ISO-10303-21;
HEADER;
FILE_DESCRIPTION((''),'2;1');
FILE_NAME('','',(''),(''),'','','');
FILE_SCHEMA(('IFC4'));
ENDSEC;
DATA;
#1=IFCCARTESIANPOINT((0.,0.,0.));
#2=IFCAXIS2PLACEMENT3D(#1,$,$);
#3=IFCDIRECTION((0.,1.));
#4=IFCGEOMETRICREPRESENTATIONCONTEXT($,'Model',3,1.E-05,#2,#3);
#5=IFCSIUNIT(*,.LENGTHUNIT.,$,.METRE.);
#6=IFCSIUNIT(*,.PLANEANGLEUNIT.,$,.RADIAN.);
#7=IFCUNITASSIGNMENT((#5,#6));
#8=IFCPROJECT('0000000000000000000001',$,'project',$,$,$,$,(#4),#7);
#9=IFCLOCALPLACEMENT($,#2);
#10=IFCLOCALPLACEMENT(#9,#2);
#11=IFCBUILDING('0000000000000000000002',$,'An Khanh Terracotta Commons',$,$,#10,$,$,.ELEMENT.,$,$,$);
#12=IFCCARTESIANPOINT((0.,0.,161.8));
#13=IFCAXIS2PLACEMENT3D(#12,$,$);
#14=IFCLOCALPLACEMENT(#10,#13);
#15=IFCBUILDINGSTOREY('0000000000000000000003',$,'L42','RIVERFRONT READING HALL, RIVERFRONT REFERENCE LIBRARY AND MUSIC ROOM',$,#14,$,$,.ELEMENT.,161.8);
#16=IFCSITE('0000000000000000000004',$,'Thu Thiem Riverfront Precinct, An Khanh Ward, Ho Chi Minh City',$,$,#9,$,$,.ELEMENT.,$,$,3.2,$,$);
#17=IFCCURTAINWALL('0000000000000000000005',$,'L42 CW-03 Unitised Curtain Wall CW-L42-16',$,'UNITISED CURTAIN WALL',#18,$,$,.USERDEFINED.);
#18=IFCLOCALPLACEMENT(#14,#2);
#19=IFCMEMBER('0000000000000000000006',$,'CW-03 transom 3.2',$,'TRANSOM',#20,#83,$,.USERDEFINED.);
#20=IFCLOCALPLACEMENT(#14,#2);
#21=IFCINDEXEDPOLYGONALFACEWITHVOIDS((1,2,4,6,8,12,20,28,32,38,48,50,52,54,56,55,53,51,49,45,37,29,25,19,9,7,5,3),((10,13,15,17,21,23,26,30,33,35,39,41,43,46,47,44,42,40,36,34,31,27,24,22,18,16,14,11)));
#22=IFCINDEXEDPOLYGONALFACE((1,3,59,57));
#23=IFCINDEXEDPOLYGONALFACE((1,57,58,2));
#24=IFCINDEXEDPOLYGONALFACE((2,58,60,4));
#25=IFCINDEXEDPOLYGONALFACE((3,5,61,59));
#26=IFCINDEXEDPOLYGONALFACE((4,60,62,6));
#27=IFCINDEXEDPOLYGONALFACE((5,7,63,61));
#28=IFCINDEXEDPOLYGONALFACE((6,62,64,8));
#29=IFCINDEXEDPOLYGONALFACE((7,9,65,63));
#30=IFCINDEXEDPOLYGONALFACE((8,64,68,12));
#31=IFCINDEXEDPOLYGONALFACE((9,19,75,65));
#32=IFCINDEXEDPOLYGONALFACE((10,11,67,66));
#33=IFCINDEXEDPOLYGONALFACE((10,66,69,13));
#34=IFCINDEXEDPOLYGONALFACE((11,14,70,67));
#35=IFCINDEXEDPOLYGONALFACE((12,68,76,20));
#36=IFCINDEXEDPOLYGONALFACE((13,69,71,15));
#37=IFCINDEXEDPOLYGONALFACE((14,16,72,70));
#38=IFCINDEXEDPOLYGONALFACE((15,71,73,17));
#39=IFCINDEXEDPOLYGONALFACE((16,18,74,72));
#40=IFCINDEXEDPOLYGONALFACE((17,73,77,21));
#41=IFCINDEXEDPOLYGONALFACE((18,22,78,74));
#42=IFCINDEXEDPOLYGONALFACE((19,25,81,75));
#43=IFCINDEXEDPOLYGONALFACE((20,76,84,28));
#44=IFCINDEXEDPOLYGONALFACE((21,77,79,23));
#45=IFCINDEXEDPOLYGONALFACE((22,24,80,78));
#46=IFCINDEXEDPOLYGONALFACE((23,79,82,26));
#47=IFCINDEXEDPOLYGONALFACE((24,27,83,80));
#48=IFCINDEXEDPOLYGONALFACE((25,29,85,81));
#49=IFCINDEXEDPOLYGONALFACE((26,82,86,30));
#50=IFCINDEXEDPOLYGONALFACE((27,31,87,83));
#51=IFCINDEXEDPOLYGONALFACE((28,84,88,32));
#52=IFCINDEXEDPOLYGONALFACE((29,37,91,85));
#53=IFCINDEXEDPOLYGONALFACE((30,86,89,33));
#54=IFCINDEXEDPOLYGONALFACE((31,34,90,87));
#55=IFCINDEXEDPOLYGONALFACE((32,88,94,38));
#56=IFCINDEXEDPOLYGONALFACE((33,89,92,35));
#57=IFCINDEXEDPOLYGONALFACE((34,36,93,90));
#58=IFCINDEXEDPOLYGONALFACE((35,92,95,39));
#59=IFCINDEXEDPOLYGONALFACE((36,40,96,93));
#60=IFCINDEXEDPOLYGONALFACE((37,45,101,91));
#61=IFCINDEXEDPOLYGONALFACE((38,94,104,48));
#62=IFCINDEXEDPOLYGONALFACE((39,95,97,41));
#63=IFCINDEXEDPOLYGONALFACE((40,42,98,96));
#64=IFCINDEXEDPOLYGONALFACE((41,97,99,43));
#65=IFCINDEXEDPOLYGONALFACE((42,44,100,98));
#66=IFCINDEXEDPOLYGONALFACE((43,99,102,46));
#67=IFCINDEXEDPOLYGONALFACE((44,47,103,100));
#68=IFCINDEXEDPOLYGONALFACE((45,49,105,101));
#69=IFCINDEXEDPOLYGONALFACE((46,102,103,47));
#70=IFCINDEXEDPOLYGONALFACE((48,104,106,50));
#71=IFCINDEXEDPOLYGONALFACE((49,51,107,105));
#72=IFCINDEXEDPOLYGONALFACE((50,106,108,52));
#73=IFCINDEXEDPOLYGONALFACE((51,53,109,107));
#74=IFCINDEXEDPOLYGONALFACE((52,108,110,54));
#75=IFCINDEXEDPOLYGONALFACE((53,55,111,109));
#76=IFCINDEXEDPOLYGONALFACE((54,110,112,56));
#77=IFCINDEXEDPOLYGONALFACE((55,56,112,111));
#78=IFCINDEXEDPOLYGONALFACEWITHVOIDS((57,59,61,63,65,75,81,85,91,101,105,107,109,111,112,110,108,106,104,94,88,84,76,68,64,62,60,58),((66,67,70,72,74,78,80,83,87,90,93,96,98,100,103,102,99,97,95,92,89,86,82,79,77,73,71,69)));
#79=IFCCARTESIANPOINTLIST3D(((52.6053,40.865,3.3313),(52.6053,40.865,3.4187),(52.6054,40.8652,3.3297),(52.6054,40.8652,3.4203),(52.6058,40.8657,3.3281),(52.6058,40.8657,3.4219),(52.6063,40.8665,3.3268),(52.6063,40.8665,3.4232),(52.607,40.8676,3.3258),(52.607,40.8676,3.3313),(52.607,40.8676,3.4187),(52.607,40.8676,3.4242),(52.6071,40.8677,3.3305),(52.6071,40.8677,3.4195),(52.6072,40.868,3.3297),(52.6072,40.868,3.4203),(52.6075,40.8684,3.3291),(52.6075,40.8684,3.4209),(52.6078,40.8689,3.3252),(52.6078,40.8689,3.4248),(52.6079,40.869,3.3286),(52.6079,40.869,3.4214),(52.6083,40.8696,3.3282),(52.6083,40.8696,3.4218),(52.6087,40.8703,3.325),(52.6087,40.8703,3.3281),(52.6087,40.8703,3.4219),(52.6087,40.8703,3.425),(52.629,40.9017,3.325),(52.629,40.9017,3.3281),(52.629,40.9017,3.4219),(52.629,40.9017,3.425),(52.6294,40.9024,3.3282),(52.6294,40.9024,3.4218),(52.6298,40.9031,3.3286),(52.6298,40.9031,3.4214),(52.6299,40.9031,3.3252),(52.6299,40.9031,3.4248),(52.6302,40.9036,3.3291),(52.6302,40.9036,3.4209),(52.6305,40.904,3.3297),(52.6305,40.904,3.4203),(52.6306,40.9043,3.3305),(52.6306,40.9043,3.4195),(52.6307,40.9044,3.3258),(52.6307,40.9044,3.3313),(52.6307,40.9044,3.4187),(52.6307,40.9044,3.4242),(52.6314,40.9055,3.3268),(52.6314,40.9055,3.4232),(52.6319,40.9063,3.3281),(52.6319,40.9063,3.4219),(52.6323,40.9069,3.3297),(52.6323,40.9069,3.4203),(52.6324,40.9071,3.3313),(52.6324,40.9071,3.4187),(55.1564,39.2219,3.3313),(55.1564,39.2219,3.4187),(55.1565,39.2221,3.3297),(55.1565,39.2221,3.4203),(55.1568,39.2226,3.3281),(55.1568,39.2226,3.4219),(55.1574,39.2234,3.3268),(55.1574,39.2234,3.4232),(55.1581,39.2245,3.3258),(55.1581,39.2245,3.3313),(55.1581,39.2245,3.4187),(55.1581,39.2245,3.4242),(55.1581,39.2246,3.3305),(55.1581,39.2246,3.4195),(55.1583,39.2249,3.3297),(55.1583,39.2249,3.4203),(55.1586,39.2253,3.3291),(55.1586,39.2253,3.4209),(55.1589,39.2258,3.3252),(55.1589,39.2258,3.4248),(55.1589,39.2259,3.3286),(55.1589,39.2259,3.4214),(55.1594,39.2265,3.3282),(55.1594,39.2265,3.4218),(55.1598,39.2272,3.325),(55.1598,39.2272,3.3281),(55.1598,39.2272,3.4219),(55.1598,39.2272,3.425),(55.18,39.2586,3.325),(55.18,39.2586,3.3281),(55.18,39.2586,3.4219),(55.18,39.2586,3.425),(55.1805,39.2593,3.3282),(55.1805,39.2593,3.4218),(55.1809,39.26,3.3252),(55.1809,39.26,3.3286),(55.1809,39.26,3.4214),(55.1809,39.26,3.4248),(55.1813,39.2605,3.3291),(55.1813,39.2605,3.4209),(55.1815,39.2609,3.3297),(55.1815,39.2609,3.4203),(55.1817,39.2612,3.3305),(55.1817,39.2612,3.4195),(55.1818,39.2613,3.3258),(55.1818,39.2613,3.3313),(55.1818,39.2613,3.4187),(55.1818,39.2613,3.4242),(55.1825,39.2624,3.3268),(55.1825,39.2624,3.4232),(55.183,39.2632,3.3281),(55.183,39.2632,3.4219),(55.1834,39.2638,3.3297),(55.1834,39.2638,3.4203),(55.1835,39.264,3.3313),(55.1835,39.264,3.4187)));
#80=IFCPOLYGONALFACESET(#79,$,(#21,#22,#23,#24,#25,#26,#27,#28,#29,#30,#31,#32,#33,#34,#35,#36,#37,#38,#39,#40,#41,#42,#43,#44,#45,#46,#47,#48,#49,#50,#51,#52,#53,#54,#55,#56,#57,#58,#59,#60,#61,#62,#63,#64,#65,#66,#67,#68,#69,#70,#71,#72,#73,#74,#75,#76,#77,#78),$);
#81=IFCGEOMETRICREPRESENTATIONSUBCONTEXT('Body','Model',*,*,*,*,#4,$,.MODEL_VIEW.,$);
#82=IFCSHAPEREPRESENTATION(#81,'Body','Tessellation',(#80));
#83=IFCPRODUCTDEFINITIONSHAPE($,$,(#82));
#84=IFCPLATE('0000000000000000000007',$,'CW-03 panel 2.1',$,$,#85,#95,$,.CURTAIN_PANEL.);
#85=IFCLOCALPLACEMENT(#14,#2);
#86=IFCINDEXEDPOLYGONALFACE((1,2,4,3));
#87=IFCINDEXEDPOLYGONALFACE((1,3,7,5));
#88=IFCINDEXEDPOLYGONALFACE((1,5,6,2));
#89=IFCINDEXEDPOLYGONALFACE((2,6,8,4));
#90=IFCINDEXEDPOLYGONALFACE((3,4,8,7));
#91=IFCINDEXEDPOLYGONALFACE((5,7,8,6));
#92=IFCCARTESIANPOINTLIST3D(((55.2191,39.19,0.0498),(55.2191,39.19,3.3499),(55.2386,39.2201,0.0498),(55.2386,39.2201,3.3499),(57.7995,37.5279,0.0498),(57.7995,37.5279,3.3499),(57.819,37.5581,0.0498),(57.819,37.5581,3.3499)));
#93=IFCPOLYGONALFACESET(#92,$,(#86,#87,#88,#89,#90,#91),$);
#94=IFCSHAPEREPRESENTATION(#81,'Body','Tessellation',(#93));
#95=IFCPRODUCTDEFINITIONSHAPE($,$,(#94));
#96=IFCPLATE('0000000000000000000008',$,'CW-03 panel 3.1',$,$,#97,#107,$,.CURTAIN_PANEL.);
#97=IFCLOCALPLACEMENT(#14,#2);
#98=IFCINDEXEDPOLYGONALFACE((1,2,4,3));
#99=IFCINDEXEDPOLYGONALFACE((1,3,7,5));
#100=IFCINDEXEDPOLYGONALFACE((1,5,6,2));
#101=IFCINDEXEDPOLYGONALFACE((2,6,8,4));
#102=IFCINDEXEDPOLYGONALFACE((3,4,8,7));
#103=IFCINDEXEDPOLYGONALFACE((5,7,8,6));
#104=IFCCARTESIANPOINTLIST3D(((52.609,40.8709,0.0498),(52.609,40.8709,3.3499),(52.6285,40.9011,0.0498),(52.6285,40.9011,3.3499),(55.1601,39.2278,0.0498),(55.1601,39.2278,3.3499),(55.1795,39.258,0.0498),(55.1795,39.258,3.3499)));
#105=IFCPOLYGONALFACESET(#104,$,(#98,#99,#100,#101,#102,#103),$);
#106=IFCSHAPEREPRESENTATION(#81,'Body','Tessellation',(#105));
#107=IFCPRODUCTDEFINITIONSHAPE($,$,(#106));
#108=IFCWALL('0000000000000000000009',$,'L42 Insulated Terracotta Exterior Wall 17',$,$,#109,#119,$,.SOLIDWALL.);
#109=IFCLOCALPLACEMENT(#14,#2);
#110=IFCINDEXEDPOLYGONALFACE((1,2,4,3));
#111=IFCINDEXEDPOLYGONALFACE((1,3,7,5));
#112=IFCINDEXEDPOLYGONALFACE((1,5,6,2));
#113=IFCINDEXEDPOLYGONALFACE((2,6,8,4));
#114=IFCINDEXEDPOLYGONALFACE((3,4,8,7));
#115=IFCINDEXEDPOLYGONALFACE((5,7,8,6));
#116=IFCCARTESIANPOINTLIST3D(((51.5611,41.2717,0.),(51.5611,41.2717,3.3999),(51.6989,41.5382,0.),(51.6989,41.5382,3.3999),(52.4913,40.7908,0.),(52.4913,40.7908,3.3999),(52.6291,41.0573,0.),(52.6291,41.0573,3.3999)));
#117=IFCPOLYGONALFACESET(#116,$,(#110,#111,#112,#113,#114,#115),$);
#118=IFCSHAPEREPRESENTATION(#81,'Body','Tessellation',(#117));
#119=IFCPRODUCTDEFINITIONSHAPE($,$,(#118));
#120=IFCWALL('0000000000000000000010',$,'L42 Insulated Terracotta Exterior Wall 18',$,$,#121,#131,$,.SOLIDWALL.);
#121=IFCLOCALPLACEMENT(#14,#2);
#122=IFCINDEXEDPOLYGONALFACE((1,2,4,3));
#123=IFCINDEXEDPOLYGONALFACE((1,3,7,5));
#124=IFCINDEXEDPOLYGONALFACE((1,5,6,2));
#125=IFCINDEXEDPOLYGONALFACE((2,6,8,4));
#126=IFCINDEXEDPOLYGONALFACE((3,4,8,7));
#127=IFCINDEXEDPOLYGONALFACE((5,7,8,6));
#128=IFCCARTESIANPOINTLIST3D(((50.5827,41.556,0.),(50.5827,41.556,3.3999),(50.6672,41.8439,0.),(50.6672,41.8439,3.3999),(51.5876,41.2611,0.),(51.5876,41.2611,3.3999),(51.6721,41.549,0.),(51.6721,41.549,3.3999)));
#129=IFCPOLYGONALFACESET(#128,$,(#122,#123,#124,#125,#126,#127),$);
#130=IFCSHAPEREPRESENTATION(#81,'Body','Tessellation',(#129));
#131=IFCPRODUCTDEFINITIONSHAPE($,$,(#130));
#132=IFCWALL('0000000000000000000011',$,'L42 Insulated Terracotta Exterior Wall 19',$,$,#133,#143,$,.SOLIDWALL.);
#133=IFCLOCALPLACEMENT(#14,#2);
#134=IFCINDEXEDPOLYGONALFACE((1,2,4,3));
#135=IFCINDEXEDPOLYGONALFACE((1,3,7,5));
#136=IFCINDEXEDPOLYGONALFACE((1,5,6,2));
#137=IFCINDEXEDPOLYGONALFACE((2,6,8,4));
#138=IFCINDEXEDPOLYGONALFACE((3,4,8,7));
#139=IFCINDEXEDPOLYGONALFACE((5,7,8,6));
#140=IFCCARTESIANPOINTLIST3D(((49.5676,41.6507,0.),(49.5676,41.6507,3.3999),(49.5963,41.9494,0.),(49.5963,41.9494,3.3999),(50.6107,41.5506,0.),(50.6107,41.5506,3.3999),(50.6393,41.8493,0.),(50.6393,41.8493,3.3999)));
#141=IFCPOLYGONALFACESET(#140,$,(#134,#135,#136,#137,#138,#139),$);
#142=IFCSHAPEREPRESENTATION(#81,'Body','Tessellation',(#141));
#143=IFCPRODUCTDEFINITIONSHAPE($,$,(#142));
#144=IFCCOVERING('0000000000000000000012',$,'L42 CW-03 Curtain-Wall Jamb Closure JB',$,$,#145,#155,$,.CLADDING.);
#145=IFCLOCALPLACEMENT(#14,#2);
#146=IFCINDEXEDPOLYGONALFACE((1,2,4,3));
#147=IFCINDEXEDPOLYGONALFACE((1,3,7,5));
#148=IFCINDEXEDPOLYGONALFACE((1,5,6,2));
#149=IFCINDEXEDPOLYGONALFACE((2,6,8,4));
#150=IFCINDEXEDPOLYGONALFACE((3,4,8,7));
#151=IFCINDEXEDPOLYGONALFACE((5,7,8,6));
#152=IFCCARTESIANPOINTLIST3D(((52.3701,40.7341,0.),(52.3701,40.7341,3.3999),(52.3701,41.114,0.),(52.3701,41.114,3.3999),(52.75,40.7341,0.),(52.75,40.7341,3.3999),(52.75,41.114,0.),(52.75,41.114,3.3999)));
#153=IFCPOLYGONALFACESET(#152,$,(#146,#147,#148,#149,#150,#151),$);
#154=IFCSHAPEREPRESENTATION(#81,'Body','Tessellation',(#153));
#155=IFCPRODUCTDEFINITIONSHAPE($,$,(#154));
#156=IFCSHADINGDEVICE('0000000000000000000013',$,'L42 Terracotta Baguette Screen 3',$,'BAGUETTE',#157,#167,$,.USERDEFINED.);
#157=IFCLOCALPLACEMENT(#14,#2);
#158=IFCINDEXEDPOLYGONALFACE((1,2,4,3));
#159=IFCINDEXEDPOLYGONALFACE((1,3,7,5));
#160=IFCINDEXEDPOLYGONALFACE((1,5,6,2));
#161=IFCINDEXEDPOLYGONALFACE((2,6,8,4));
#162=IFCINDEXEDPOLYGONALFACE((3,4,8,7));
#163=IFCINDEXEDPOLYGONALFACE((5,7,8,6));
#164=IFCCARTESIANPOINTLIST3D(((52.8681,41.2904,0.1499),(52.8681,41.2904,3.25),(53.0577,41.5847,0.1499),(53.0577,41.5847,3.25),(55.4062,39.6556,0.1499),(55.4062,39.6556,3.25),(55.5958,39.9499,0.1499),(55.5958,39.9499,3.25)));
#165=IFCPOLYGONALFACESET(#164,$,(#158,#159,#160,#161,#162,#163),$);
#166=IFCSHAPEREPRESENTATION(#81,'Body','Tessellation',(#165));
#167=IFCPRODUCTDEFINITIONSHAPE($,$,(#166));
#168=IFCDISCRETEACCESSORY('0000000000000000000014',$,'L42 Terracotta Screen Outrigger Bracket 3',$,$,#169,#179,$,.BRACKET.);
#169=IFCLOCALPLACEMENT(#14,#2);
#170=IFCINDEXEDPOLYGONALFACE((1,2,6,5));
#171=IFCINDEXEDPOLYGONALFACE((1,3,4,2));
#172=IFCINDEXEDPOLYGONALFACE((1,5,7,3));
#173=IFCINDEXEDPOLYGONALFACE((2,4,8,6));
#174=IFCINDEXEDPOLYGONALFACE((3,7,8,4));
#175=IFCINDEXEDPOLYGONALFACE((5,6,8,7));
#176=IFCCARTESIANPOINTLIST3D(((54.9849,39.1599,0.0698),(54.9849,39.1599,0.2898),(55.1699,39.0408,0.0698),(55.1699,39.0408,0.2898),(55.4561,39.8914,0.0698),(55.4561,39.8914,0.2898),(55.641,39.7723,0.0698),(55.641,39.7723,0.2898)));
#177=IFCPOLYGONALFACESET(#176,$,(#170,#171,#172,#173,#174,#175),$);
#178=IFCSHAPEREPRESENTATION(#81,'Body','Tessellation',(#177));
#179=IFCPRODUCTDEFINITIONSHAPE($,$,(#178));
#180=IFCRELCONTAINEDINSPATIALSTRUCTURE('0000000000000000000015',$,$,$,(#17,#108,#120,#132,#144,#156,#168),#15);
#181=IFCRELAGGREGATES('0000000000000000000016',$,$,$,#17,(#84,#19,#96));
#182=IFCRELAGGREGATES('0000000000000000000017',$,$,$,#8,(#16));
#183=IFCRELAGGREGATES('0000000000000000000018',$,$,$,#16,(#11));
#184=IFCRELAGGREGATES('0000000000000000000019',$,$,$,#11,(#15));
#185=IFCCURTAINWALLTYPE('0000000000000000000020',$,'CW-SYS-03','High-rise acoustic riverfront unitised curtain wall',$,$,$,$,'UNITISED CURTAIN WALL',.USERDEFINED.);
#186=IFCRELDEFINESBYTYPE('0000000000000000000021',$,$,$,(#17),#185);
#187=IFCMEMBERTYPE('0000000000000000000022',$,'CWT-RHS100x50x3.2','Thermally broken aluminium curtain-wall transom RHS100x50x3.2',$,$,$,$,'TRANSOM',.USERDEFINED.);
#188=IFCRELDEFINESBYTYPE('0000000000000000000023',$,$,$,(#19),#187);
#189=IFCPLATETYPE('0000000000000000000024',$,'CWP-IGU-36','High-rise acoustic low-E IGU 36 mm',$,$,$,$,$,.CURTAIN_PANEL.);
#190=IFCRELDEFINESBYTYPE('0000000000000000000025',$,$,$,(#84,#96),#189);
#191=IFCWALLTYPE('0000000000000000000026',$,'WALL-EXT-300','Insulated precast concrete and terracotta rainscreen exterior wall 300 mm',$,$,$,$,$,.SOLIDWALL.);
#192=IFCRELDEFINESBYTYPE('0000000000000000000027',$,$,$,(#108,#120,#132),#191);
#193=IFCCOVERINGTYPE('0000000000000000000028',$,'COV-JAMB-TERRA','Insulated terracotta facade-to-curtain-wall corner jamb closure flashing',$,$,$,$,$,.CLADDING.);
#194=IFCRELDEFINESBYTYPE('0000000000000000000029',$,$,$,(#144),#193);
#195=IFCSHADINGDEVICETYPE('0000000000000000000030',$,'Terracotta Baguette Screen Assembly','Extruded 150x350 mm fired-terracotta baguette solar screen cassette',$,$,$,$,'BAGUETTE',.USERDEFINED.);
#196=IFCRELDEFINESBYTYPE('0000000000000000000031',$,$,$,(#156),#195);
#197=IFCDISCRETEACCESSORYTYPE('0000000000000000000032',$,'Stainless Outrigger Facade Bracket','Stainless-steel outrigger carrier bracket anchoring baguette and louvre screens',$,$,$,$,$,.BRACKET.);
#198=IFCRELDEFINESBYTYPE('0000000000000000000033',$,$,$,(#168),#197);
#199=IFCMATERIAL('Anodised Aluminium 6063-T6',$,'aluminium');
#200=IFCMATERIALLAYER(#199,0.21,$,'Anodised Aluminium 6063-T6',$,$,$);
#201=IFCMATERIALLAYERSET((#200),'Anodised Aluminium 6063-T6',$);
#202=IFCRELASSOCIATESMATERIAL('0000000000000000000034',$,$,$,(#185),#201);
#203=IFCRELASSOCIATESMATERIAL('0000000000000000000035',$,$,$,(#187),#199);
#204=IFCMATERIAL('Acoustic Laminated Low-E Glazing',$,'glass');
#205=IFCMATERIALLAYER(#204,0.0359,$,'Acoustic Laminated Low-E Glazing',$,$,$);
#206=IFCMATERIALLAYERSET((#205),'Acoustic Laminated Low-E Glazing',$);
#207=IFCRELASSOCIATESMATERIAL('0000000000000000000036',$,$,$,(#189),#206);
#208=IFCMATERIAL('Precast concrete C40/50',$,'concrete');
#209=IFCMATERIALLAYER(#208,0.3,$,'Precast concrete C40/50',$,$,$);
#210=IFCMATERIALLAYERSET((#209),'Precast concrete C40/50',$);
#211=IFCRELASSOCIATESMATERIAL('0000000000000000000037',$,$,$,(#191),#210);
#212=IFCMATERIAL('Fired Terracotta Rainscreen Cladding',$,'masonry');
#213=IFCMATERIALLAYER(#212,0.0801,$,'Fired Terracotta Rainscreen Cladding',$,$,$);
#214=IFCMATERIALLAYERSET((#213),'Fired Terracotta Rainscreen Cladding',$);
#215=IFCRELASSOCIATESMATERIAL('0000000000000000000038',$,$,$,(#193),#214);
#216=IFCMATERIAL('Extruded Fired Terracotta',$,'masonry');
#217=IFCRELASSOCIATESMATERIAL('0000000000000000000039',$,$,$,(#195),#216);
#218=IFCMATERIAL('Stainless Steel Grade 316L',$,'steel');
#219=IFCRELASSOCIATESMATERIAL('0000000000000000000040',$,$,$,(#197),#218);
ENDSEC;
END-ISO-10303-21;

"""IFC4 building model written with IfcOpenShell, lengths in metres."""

from ifc_helpers import new_model, si_unit, direction, frame, frame_2d, origin, origin_2d, place, context, subcontext, project, spatial, rectangle, hollow_rectangle, extrude, material, layer, layer_set, material_profile, profile_set, type_object, element, aggregate, save


model = new_model("IFC4")

# Units and contexts
model_context = context("Model", 3, precision=1e-05, world=origin(), true_north=direction((0.0, 1.0)))
body_context = subcontext(model_context, "Body", "Model", "MODEL_VIEW")
ifc_project = project(units=[si_unit("LENGTHUNIT", "METRE"), si_unit("PLANEANGLEUNIT", "RADIAN")], contexts=[model_context])

# Site, building, storey
site_placement = place(None, origin())
site = spatial("IfcSite", under=ifc_project, at=site_placement, Name="Thu Thiem Riverfront Precinct, An Khanh Ward, Ho Chi Minh City", CompositionType="ELEMENT", RefElevation=3.2)
building_placement = place(site_placement, origin())
building = spatial("IfcBuilding", under=site, at=building_placement, Name="An Khanh Terracotta Commons", CompositionType="ELEMENT")
storey_placement = place(building_placement, frame((0.0, 0.0, 161.8)))
storey = spatial("IfcBuildingStorey", under=building, at=storey_placement, Name="L42", Description="RIVERFRONT READING HALL, RIVERFRONT REFERENCE LIBRARY AND MUSIC ROOM", CompositionType="ELEMENT", Elevation=161.8)

# Curtain wall, member, plates
ifc_material_1 = material(Name="Anodised Aluminium 6063-T6", Category="aluminium")
ifc_layer_1 = layer(ifc_material_1, 0.21, Name="Anodised Aluminium 6063-T6")
ifc_layer_set_1 = layer_set([ifc_layer_1], Name="Anodised Aluminium 6063-T6")
curtain_wall_type = type_object("IfcCurtainWallType", Name="CW-SYS-03", Description="High-rise acoustic riverfront unitised curtain wall", ElementType="UNITISED CURTAIN WALL", PredefinedType="USERDEFINED", material=ifc_layer_set_1)
curtain_wall_placement = place(storey_placement, origin())
curtain_wall = element("IfcCurtainWall", 1, at=curtain_wall_placement, inside=storey, type_object=curtain_wall_type, Name="L42 CW-03 Unitised Curtain Wall CW-L42-16", ObjectType="UNITISED CURTAIN WALL", PredefinedType="USERDEFINED")
ifc_material_profile_1 = material_profile(ifc_material_1, hollow_rectangle(XDim=0.05, YDim=0.1001, WallThickness=0.0032, InnerFilletRadius=0.0032, OuterFilletRadius=0.0063, at=origin_2d()), Name="RHS100x50x3.2")
ifc_profile_set_1 = profile_set([ifc_material_profile_1], Name="Anodised Aluminium 6063-T6")
member_type_1 = type_object("IfcMemberType", Name="CWT-RHS100x50x3.2", Description="Thermally broken aluminium curtain-wall transom RHS100x50x3.2", ElementType="TRANSOM", PredefinedType="USERDEFINED", material=ifc_profile_set_1)
member_1_placement = place(storey_placement, frame((55.1699, 39.2429, 3.375), z_axis=(-0.84071, 0.541485, 0.0), x_axis=(-0.541485, -0.84071, 0.0)))
member_1 = element("IfcMember", 2, at=member_1_placement, type_object=member_type_1, Name="CW-03 transom 3.2", ObjectType="TRANSOM", PredefinedType="USERDEFINED", context=body_context, shape_type="SweptSolid", body=[
    extrude(hollow_rectangle(XDim=0.05, YDim=0.1001, WallThickness=0.0032, InnerFilletRadius=0.0032, OuterFilletRadius=0.0063, at=origin_2d()), origin(), (0.0, 0.0, 1.0), 3.0344),
])
ifc_material_2 = material(Name="Acoustic Laminated Low-E Glazing", Category="glass")
ifc_layer_2 = layer(ifc_material_2, 0.0359, Name="Acoustic Laminated Low-E Glazing")
ifc_layer_set_2 = layer_set([ifc_layer_2], Name="Acoustic Laminated Low-E Glazing")
plate_type = type_object("IfcPlateType", Name="CWP-IGU-36", Description="High-rise acoustic low-E IGU 36 mm", PredefinedType="CURTAIN_PANEL", material=ifc_layer_set_2)
plate_1_placement = place(storey_placement, frame((56.519, 38.374, 0.0498), z_axis=(0.0, 0.0, 1.0), x_axis=(-0.840702, 0.541498, 0.0)))
plate_1 = element("IfcPlate", 3, at=plate_1_placement, type_object=plate_type, Name="CW-03 panel 2.1", PredefinedType="CURTAIN_PANEL", context=body_context, shape_type="SweptSolid", body=[
    extrude(rectangle(XDim=3.0693, YDim=0.0359, at=origin_2d()), origin(), (0.0, 0.0, 1.0), 3.3),
])
plate_2_placement = place(storey_placement, frame((53.8943, 40.0645, 0.0498), z_axis=(0.0, 0.0, 1.0), x_axis=(-0.840702, 0.541498, 0.0)))
plate_2 = element("IfcPlate", 4, at=plate_2_placement, type_object=plate_type, Name="CW-03 panel 3.1", PredefinedType="CURTAIN_PANEL", context=body_context, shape_type="SweptSolid", body=[
    extrude(rectangle(XDim=3.0344, YDim=0.0359, at=origin_2d()), origin(), (0.0, 0.0, 1.0), 3.3),
])
aggregate(curtain_wall, [plate_1, member_1, plate_2])

# Walls
ifc_material_3 = material(Name="Precast concrete C40/50", Category="concrete")
ifc_layer_3 = layer(ifc_material_3, 0.3, Name="Precast concrete C40/50")
ifc_layer_set_3 = layer_set([ifc_layer_3], Name="Precast concrete C40/50")
wall_type = type_object("IfcWallType", Name="WALL-EXT-300", Description="Insulated precast concrete and terracotta rainscreen exterior wall 300 mm", PredefinedType="SOLIDWALL", material=ifc_layer_set_3)
wall_1_placement = place(storey_placement, frame((52.5601, 40.9241, 0.0), z_axis=(0.0, 0.0, 1.0), x_axis=(-0.888283, 0.459296, 0.0)))
element("IfcWall", 5, at=wall_1_placement, inside=storey, type_object=wall_type, Name="L42 Insulated Terracotta Exterior Wall 17", PredefinedType="SOLIDWALL", context=body_context, shape_type="SweptSolid", body=[
    extrude(rectangle(XDim=1.0471, YDim=0.3, at=frame_2d((0.5234, 0.0))), origin(), (0.0, 0.0, 1.0), 3.3999),
])
wall_2_placement = place(storey_placement, frame((51.6299, 41.405, 0.0), z_axis=(0.0, 0.0, 1.0), x_axis=(-0.959529, 0.281611, 0.0)))
element("IfcWall", 6, at=wall_2_placement, inside=storey, type_object=wall_type, Name="L42 Insulated Terracotta Exterior Wall 18", PredefinedType="SOLIDWALL", context=body_context, shape_type="SweptSolid", body=[
    extrude(rectangle(XDim=1.0474, YDim=0.3, at=frame_2d((0.5237, 0.0))), origin(), (0.0, 0.0, 1.0), 3.3999),
])
wall_3_placement = place(storey_placement, frame((50.625, 41.7, 0.0), z_axis=(0.0, 0.0, 1.0), x_axis=(-0.995426, 0.095535, 0.0)))
element("IfcWall", 7, at=wall_3_placement, inside=storey, type_object=wall_type, Name="L42 Insulated Terracotta Exterior Wall 19", PredefinedType="SOLIDWALL", context=body_context, shape_type="SweptSolid", body=[
    extrude(rectangle(XDim=1.0479, YDim=0.3, at=frame_2d((0.5239, 0.0))), origin(), (0.0, 0.0, 1.0), 3.3999),
])

# Covering
ifc_material_4 = material(Name="Fired Terracotta Rainscreen Cladding", Category="masonry")
ifc_layer_4 = layer(ifc_material_4, 0.0801, Name="Fired Terracotta Rainscreen Cladding")
ifc_layer_set_4 = layer_set([ifc_layer_4], Name="Fired Terracotta Rainscreen Cladding")
covering_type = type_object("IfcCoveringType", Name="COV-JAMB-TERRA", Description="Insulated terracotta facade-to-curtain-wall corner jamb closure flashing", PredefinedType="CLADDING", material=ifc_layer_set_4)
covering_placement = place(storey_placement, frame((52.5601, 40.9241, 0.0), z_axis=(0.0, 0.0, 1.0), x_axis=(1.0, 0.0, 0.0)))
element("IfcCovering", 8, at=covering_placement, inside=storey, type_object=covering_type, Name="L42 CW-03 Curtain-Wall Jamb Closure JB", PredefinedType="CLADDING", context=body_context, shape_type="SweptSolid", body=[
    extrude(rectangle(XDim=0.3799, YDim=0.3799, at=origin_2d()), origin(), (0.0, 0.0, 1.0), 3.3999),
])

# Shading device
ifc_material_5 = material(Name="Extruded Fired Terracotta", Category="masonry")
shading_device_type = type_object("IfcShadingDeviceType", Name="Terracotta Baguette Screen Assembly", Description="Extruded 150x350 mm fired-terracotta baguette solar screen cassette", ElementType="BAGUETTE", PredefinedType="USERDEFINED", material=ifc_material_5)
shading_device_placement = place(storey_placement, frame((54.2319, 40.6201, 0.1499), z_axis=(0.0, 0.0, 1.0), x_axis=(-0.840702, 0.541498, 0.0)))
element("IfcShadingDevice", 9, at=shading_device_placement, inside=storey, type_object=shading_device_type, Name="L42 Terracotta Baguette Screen 3", ObjectType="BAGUETTE", PredefinedType="USERDEFINED", context=body_context, shape_type="SweptSolid", body=[
    extrude(rectangle(XDim=3.019, YDim=0.3501, at=origin_2d()), origin(), (0.0, 0.0, 1.0), 3.1001),
])

# Discrete accessory
ifc_material_6 = material(Name="Stainless Steel Grade 316L", Category="steel")
discrete_accessory_type = type_object("IfcDiscreteAccessoryType", Name="Stainless Outrigger Facade Bracket", Description="Stainless-steel outrigger carrier bracket anchoring baguette and louvre screens", PredefinedType="BRACKET", material=ifc_material_6)
discrete_accessory_placement = place(storey_placement, frame((55.313, 39.4661, 0.0698), z_axis=(0.0, 0.0, 1.0), x_axis=(-0.840702, 0.541498, 0.0)))
element("IfcDiscreteAccessory", 10, at=discrete_accessory_placement, inside=storey, type_object=discrete_accessory_type, Name="L42 Terracotta Screen Outrigger Bracket 3", PredefinedType="BRACKET", context=body_context, shape_type="SweptSolid", body=[
    extrude(rectangle(XDim=0.22, YDim=0.8701, at=origin_2d()), origin(), (0.0, 0.0, 1.0), 0.22),
])

save(model, "model.ifc")
